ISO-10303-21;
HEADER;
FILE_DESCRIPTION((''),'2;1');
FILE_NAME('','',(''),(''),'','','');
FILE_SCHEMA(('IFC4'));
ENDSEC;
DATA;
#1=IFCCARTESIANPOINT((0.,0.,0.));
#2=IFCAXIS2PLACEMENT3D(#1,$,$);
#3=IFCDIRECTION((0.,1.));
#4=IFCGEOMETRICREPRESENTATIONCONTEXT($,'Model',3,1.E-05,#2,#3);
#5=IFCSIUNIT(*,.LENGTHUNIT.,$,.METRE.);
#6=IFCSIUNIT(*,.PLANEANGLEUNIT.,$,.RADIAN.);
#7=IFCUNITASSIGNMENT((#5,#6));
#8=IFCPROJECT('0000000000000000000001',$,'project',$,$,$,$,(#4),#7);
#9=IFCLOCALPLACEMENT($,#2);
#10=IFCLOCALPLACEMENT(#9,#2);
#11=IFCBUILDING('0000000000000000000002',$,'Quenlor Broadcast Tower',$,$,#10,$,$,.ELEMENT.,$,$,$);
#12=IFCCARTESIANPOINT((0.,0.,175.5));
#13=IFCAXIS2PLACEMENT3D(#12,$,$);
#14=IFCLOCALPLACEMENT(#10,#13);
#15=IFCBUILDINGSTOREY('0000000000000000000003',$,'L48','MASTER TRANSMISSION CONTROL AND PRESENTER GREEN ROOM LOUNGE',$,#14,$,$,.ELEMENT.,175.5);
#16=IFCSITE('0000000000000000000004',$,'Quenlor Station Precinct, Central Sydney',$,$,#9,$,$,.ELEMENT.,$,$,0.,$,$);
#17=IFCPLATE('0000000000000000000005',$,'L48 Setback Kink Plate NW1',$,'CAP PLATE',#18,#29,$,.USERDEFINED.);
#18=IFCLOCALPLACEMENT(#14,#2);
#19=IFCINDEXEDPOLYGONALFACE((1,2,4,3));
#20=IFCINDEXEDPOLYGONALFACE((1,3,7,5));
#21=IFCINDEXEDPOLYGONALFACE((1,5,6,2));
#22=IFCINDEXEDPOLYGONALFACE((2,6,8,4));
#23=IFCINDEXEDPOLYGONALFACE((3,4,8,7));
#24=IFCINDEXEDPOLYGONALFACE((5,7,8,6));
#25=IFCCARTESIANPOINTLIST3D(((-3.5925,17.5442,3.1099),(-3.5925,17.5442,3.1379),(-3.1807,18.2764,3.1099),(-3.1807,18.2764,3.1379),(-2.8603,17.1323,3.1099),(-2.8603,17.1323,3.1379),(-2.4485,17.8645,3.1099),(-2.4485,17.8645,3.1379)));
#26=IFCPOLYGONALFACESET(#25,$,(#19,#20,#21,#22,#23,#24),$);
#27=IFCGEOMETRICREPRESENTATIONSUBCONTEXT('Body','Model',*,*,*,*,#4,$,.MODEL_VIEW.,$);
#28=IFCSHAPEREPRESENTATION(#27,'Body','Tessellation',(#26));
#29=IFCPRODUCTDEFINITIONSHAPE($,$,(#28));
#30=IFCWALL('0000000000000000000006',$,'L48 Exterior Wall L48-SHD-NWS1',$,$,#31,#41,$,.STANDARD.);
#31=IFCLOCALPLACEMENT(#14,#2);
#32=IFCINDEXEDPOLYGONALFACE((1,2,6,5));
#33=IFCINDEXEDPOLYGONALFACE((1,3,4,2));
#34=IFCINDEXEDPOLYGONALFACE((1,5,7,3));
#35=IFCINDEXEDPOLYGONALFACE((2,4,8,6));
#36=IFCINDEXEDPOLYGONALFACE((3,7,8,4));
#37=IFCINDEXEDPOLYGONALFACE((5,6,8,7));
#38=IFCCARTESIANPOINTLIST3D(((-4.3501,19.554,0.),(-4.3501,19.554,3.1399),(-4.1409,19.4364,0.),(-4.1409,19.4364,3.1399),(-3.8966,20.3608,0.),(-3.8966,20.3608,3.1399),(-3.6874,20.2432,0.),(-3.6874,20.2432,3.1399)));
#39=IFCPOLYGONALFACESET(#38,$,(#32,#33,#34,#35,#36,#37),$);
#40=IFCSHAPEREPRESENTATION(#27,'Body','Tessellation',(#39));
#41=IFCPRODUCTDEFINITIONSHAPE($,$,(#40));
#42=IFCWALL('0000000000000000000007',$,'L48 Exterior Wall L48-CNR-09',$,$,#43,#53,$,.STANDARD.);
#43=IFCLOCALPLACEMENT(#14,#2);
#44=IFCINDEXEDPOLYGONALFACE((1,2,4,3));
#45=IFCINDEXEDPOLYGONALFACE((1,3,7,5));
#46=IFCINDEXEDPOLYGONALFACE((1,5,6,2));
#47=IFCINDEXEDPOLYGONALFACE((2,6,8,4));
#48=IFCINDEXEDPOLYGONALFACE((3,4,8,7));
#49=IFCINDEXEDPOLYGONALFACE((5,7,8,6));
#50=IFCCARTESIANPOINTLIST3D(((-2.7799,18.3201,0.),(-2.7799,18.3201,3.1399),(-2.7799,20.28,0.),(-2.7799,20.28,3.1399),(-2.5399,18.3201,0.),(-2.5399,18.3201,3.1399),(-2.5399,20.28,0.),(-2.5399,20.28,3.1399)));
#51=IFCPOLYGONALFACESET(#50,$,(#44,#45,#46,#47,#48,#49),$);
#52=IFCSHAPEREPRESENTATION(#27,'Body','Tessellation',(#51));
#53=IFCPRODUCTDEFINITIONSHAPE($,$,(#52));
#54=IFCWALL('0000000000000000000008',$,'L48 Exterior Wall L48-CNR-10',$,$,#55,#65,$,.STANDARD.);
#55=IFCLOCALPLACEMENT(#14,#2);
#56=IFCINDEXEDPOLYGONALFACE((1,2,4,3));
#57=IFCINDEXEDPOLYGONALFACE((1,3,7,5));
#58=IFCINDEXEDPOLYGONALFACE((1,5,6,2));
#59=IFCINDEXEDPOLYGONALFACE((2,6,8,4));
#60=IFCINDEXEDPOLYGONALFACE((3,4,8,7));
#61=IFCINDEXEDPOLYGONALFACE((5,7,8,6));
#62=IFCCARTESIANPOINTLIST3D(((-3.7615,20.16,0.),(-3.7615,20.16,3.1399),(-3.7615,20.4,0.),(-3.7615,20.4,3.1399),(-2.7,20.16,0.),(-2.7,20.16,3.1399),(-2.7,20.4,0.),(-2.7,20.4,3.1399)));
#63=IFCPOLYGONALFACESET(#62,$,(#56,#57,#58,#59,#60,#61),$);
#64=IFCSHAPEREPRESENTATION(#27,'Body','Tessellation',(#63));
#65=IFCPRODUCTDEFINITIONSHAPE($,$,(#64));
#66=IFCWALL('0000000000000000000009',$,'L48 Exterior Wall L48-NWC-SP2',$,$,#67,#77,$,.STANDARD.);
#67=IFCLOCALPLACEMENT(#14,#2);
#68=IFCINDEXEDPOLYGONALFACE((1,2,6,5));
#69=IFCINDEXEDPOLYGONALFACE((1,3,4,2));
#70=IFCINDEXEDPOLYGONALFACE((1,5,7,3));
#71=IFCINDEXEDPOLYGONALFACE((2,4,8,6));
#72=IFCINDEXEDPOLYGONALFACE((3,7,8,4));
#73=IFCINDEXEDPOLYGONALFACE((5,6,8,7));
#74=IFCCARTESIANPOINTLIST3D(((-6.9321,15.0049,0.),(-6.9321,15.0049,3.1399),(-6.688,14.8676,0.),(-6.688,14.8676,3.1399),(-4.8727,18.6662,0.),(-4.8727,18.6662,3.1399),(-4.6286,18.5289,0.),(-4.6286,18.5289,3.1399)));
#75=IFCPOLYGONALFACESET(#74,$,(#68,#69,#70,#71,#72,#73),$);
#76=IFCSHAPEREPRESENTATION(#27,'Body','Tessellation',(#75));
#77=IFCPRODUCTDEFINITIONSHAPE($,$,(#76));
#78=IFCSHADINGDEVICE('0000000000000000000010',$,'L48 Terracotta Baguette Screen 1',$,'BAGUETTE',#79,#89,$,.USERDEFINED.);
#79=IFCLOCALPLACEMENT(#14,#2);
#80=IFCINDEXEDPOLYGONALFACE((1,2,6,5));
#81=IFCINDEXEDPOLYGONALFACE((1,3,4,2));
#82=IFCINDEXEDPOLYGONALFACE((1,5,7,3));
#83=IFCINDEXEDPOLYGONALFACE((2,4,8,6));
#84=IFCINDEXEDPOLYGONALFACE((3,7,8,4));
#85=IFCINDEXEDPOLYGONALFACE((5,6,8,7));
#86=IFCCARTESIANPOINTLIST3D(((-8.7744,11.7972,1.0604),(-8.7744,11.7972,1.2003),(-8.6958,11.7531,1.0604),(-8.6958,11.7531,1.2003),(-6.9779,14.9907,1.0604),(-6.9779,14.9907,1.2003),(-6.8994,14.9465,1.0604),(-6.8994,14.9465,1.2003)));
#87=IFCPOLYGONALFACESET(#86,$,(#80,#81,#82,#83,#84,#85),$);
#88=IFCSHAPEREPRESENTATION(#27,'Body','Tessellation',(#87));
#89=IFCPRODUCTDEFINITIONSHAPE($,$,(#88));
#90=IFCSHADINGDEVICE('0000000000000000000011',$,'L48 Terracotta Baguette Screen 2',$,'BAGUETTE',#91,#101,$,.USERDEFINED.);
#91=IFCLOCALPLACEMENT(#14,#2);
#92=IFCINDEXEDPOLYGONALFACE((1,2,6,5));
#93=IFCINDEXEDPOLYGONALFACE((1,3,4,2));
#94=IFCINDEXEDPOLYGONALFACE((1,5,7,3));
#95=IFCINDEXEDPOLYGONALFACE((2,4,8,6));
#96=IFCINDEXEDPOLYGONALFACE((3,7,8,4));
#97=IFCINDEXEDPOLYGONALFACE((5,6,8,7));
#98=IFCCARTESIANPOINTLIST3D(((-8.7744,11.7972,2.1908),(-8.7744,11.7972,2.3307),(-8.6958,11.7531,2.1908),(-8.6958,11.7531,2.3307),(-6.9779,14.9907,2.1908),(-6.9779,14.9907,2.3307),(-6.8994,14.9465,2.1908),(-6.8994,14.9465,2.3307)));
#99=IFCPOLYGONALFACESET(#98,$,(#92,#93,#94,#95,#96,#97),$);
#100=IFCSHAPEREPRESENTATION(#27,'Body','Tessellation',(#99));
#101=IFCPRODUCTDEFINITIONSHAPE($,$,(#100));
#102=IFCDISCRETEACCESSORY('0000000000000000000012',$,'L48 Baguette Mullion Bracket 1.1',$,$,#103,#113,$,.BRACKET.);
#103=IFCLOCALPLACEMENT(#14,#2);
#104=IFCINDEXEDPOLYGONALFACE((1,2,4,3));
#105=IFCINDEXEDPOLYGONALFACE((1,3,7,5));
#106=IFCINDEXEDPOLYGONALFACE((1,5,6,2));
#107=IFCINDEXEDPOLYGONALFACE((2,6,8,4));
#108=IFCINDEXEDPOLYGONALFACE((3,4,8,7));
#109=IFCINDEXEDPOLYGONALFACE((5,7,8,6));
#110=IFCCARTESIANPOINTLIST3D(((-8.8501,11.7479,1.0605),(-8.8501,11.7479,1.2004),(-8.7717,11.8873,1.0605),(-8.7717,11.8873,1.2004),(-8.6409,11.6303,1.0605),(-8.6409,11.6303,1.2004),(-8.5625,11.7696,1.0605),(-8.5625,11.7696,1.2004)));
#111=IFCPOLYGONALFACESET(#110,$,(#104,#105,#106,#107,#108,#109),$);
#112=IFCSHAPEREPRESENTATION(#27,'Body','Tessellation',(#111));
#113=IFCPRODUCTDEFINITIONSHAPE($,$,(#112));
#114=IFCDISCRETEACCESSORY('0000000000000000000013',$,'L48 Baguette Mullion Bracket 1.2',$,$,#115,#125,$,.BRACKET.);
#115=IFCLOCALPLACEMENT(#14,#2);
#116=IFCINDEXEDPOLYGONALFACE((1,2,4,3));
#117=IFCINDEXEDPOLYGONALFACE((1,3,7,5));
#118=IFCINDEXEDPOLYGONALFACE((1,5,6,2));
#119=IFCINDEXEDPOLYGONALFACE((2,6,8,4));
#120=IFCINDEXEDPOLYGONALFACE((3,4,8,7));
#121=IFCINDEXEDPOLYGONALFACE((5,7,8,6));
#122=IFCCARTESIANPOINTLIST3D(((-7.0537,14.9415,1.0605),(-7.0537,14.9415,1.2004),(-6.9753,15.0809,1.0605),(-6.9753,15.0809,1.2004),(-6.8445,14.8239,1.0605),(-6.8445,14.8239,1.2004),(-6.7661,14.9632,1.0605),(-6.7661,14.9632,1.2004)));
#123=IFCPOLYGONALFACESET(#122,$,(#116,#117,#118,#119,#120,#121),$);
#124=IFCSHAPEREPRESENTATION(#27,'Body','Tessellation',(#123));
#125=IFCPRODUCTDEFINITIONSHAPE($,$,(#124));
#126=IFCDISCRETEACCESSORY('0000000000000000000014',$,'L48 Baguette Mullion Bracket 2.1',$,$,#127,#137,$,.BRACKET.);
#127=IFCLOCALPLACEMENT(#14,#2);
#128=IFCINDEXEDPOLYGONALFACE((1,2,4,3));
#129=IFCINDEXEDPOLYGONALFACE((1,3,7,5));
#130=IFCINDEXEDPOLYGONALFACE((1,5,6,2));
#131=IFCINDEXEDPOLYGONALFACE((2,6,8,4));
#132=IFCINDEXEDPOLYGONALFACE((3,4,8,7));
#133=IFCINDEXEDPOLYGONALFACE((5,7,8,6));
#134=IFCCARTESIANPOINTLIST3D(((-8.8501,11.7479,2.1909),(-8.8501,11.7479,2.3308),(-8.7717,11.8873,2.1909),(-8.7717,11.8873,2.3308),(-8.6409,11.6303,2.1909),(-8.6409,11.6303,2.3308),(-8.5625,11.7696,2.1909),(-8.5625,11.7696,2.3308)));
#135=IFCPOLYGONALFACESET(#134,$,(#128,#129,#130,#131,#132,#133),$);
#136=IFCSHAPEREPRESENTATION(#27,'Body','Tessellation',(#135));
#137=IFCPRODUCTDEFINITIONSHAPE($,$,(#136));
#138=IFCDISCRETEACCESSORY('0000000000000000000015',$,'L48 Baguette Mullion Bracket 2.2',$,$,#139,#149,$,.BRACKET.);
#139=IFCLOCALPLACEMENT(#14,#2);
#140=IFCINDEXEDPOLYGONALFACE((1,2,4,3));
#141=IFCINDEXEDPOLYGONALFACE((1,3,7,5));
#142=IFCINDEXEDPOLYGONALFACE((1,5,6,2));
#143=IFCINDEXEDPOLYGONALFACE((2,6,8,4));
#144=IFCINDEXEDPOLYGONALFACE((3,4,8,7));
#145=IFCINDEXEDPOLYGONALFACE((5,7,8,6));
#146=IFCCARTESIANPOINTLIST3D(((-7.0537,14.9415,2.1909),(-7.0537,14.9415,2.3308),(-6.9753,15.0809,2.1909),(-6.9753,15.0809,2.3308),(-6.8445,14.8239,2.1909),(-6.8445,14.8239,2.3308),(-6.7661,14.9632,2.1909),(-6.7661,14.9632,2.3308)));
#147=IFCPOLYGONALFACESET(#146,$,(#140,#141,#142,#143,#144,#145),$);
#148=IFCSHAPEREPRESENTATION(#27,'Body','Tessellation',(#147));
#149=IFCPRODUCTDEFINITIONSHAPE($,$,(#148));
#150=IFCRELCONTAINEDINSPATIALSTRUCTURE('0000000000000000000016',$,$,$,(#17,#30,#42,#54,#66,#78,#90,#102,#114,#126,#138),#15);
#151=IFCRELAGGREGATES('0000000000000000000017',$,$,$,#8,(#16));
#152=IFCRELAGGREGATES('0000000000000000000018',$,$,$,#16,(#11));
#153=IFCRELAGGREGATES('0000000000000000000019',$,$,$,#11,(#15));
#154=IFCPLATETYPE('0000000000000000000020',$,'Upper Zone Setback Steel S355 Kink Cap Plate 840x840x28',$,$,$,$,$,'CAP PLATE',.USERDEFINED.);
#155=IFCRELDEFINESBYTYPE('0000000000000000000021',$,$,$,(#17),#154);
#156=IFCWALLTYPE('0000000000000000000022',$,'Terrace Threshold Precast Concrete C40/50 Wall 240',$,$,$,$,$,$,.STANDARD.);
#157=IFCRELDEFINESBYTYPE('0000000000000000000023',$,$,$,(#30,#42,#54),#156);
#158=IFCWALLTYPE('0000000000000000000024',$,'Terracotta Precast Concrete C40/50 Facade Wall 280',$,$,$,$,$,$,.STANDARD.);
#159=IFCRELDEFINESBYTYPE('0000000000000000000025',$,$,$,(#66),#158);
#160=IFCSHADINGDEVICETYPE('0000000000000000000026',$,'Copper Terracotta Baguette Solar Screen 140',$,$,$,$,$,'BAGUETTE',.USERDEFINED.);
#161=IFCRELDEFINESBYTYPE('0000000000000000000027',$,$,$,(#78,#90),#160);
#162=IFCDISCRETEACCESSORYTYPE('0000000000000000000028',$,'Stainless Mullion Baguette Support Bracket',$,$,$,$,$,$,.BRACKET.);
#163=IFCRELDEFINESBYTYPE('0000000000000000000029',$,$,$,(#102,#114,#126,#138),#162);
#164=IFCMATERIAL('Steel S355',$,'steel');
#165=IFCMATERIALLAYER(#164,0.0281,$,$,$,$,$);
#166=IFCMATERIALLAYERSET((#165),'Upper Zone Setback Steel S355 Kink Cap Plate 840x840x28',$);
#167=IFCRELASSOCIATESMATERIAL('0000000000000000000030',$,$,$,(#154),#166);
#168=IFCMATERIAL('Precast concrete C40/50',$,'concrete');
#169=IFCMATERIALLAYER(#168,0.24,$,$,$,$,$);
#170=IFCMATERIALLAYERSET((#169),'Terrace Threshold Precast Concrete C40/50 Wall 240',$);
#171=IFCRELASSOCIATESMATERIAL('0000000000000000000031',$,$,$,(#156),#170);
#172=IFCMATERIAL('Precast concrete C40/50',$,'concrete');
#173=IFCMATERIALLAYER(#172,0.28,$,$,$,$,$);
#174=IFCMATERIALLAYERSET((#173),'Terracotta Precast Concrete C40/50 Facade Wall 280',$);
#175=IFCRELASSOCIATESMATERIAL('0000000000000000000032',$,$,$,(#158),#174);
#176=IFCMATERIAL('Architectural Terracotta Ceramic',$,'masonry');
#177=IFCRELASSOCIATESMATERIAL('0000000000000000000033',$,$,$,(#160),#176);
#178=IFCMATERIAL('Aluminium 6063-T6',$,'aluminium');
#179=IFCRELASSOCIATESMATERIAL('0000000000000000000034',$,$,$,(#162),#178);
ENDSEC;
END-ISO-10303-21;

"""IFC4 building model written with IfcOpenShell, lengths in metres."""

from ifc_helpers import new_model, si_unit, direction, frame, frame_2d, origin, origin_2d, place, context, subcontext, project, spatial, rectangle, extrude, material, layer, layer_set, material_profile, profile_set, type_object, element, save


model = new_model("IFC4")

# Units and contexts
model_context = context("Model", 3, precision=1e-05, world=origin(), true_north=direction((0.0, 1.0)))
body_context = subcontext(model_context, "Body", "Model", "MODEL_VIEW")
ifc_project = project(units=[si_unit("LENGTHUNIT", "METRE"), si_unit("PLANEANGLEUNIT", "RADIAN")], contexts=[model_context])

# Site, building, storey
site_placement = place(None, origin())
site = spatial("IfcSite", under=ifc_project, at=site_placement, Name="Quenlor Station Precinct, Central Sydney", CompositionType="ELEMENT", RefElevation=0.0)
building_placement = place(site_placement, origin())
building = spatial("IfcBuilding", under=site, at=building_placement, Name="Quenlor Broadcast Tower", CompositionType="ELEMENT")
storey_placement = place(building_placement, frame((0.0, 0.0, 175.5)))
storey = spatial("IfcBuildingStorey", under=building, at=storey_placement, Name="L48", Description="MASTER TRANSMISSION CONTROL AND PRESENTER GREEN ROOM LOUNGE", CompositionType="ELEMENT", Elevation=175.5)

# Plate
ifc_material_1 = material(Name="Steel S355", Category="steel")
ifc_layer_1 = layer(ifc_material_1, 0.0281)
ifc_layer_set_1 = layer_set([ifc_layer_1], Name="Upper Zone Setback Steel S355 Kink Cap Plate 840x840x28")
plate_type_1 = type_object("IfcPlateType", Name="Upper Zone Setback Steel S355 Kink Cap Plate 840x840x28", ElementType="CAP PLATE", PredefinedType="USERDEFINED", material=ifc_layer_set_1)
plate_1_placement = place(storey_placement, frame((-3.0205, 17.7043, 3.1099), z_axis=(0.0, 0.0, 1.0), x_axis=(-0.871575, 0.490262, 0.0)))
element("IfcPlate", 1, at=plate_1_placement, inside=storey, type_object=plate_type_1, Name="L48 Setback Kink Plate NW1", ObjectType="CAP PLATE", PredefinedType="USERDEFINED", context=body_context, shape_type="SweptSolid", body=[
    extrude(rectangle(XDim=0.8401, YDim=0.8401, at=origin_2d()), origin(), (0.0, 0.0, 1.0), 0.0281),
])

# Walls
ifc_material_2 = material(Name="Precast concrete C40/50", Category="concrete")
ifc_layer_2 = layer(ifc_material_2, 0.24)
ifc_layer_set_2 = layer_set([ifc_layer_2], Name="Terrace Threshold Precast Concrete C40/50 Wall 240")
wall_type_1 = type_object("IfcWallType", Name="Terrace Threshold Precast Concrete C40/50 Wall 240", PredefinedType="STANDARD", material=ifc_layer_set_2)
wall_1_placement = place(storey_placement, frame((-4.2456, 19.4951, 0.0), z_axis=(0.0, 0.0, 1.0), x_axis=(0.490048, 0.871695, 0.0)))
element("IfcWall", 2, at=wall_1_placement, inside=storey, type_object=wall_type_1, Name="L48 Exterior Wall L48-SHD-NWS1", PredefinedType="STANDARD", context=body_context, shape_type="SweptSolid", body=[
    extrude(rectangle(XDim=0.9255, YDim=0.24, at=frame_2d((0.4629, 0.0))), origin(), (0.0, 0.0, 1.0), 3.1399),
])
wall_2_placement = place(storey_placement, frame((-2.6599, 18.3201, 0.0), z_axis=(0.0, 0.0, 1.0), x_axis=(0.0, 1.0, 0.0)))
element("IfcWall", 3, at=wall_2_placement, inside=storey, type_object=wall_type_1, Name="L48 Exterior Wall L48-CNR-09", PredefinedType="STANDARD", context=body_context, shape_type="SweptSolid", body=[
    extrude(rectangle(XDim=1.96, YDim=0.24, at=frame_2d((0.98, 0.0))), origin(), (0.0, 0.0, 1.0), 3.1399),
])
wall_3_placement = place(storey_placement, frame((-2.7, 20.28, 0.0), z_axis=(0.0, 0.0, 1.0), x_axis=(-1.0, 0.0, 0.0)))
element("IfcWall", 4, at=wall_3_placement, inside=storey, type_object=wall_type_1, Name="L48 Exterior Wall L48-CNR-10", PredefinedType="STANDARD", context=body_context, shape_type="SweptSolid", body=[
    extrude(rectangle(XDim=1.0615, YDim=0.24, at=frame_2d((0.5308, 0.0))), origin(), (0.0, 0.0, 1.0), 3.1399),
])
ifc_material_3 = material(Name="Precast concrete C40/50", Category="concrete")
ifc_layer_3 = layer(ifc_material_3, 0.28)
ifc_layer_set_3 = layer_set([ifc_layer_3], Name="Terracotta Precast Concrete C40/50 Facade Wall 280")
wall_type_2 = type_object("IfcWallType", Name="Terracotta Precast Concrete C40/50 Facade Wall 280", PredefinedType="STANDARD", material=ifc_layer_set_3)
wall_4_placement = place(storey_placement, frame((-6.8101, 14.9363, 0.0), z_axis=(0.0, 0.0, 1.0), x_axis=(0.49025, 0.871582, 0.0)))
element("IfcWall", 5, at=wall_4_placement, inside=storey, type_object=wall_type_2, Name="L48 Exterior Wall L48-NWC-SP2", PredefinedType="STANDARD", context=body_context, shape_type="SweptSolid", body=[
    extrude(rectangle(XDim=4.2007, YDim=0.28, at=frame_2d((2.1003, 0.0))), origin(), (0.0, 0.0, 1.0), 3.1399),
])

# Shading devices
ifc_material_4 = material(Name="Architectural Terracotta Ceramic", Category="masonry")
ifc_material_profile_1 = material_profile(ifc_material_4, rectangle(XDim=0.0901, YDim=0.1399, at=origin_2d()))
ifc_profile_set_1 = profile_set([ifc_material_profile_1], Name="Architectural Terracotta Ceramic BAG90x140")
shading_device_type = type_object("IfcShadingDeviceType", Name="Copper Terracotta Baguette Solar Screen 140", ElementType="BAGUETTE", PredefinedType="USERDEFINED", material=ifc_profile_set_1)
for number, where, z_axis, x_axis, name in (
    (6, (-8.7351, 11.7751, 1.1304), (0.490287, 0.871561, 0.0), (-0.871561, 0.490287, 0.0), "L48 Terracotta Baguette Screen 1"),
    (7, (-8.7351, 11.7751, 2.2607), (0.490287, 0.871561, 0.0), (-0.871561, 0.490287, 0.0), "L48 Terracotta Baguette Screen 2"),
):
    element("IfcShadingDevice", number, at=place(storey_placement, frame(where, z_axis=z_axis, x_axis=x_axis)), inside=storey, type_object=shading_device_type, Name=name, ObjectType="BAGUETTE", PredefinedType="USERDEFINED", context=body_context, shape_type="SweptSolid", body=[
        extrude(rectangle(XDim=0.0901, YDim=0.1399, at=origin_2d()), origin(), (0.0, 0.0, 1.0), 3.6641),
    ])

# Discrete accessories
ifc_material_5 = material(Name="Aluminium 6063-T6", Category="aluminium")
discrete_accessory_type = type_object("IfcDiscreteAccessoryType", Name="Stainless Mullion Baguette Support Bracket", PredefinedType="BRACKET", material=ifc_material_5)
for number, where, z_axis, x_axis, name in (
    (8, (-8.7063, 11.7588, 1.0605), (0.0, 0.0, 1.0), (0.49027, 0.871571, 0.0), "L48 Baguette Mullion Bracket 1.1"),
    (9, (-6.9099, 14.9524, 1.0605), (0.0, 0.0, 1.0), (0.49027, 0.871571, 0.0), "L48 Baguette Mullion Bracket 1.2"),
    (10, (-8.7063, 11.7588, 2.1909), (0.0, 0.0, 1.0), (0.49027, 0.871571, 0.0), "L48 Baguette Mullion Bracket 2.1"),
    (11, (-6.9099, 14.9524, 2.1909), (0.0, 0.0, 1.0), (0.49027, 0.871571, 0.0), "L48 Baguette Mullion Bracket 2.2"),
):
    element("IfcDiscreteAccessory", number, at=place(storey_placement, frame(where, z_axis=z_axis, x_axis=x_axis)), inside=storey, type_object=discrete_accessory_type, Name=name, PredefinedType="BRACKET", context=body_context, shape_type="SweptSolid", body=[
        extrude(rectangle(XDim=0.1599, YDim=0.24, at=origin_2d()), origin(), (0.0, 0.0, 1.0), 0.1399),
    ])

save(model, "model.ifc")
